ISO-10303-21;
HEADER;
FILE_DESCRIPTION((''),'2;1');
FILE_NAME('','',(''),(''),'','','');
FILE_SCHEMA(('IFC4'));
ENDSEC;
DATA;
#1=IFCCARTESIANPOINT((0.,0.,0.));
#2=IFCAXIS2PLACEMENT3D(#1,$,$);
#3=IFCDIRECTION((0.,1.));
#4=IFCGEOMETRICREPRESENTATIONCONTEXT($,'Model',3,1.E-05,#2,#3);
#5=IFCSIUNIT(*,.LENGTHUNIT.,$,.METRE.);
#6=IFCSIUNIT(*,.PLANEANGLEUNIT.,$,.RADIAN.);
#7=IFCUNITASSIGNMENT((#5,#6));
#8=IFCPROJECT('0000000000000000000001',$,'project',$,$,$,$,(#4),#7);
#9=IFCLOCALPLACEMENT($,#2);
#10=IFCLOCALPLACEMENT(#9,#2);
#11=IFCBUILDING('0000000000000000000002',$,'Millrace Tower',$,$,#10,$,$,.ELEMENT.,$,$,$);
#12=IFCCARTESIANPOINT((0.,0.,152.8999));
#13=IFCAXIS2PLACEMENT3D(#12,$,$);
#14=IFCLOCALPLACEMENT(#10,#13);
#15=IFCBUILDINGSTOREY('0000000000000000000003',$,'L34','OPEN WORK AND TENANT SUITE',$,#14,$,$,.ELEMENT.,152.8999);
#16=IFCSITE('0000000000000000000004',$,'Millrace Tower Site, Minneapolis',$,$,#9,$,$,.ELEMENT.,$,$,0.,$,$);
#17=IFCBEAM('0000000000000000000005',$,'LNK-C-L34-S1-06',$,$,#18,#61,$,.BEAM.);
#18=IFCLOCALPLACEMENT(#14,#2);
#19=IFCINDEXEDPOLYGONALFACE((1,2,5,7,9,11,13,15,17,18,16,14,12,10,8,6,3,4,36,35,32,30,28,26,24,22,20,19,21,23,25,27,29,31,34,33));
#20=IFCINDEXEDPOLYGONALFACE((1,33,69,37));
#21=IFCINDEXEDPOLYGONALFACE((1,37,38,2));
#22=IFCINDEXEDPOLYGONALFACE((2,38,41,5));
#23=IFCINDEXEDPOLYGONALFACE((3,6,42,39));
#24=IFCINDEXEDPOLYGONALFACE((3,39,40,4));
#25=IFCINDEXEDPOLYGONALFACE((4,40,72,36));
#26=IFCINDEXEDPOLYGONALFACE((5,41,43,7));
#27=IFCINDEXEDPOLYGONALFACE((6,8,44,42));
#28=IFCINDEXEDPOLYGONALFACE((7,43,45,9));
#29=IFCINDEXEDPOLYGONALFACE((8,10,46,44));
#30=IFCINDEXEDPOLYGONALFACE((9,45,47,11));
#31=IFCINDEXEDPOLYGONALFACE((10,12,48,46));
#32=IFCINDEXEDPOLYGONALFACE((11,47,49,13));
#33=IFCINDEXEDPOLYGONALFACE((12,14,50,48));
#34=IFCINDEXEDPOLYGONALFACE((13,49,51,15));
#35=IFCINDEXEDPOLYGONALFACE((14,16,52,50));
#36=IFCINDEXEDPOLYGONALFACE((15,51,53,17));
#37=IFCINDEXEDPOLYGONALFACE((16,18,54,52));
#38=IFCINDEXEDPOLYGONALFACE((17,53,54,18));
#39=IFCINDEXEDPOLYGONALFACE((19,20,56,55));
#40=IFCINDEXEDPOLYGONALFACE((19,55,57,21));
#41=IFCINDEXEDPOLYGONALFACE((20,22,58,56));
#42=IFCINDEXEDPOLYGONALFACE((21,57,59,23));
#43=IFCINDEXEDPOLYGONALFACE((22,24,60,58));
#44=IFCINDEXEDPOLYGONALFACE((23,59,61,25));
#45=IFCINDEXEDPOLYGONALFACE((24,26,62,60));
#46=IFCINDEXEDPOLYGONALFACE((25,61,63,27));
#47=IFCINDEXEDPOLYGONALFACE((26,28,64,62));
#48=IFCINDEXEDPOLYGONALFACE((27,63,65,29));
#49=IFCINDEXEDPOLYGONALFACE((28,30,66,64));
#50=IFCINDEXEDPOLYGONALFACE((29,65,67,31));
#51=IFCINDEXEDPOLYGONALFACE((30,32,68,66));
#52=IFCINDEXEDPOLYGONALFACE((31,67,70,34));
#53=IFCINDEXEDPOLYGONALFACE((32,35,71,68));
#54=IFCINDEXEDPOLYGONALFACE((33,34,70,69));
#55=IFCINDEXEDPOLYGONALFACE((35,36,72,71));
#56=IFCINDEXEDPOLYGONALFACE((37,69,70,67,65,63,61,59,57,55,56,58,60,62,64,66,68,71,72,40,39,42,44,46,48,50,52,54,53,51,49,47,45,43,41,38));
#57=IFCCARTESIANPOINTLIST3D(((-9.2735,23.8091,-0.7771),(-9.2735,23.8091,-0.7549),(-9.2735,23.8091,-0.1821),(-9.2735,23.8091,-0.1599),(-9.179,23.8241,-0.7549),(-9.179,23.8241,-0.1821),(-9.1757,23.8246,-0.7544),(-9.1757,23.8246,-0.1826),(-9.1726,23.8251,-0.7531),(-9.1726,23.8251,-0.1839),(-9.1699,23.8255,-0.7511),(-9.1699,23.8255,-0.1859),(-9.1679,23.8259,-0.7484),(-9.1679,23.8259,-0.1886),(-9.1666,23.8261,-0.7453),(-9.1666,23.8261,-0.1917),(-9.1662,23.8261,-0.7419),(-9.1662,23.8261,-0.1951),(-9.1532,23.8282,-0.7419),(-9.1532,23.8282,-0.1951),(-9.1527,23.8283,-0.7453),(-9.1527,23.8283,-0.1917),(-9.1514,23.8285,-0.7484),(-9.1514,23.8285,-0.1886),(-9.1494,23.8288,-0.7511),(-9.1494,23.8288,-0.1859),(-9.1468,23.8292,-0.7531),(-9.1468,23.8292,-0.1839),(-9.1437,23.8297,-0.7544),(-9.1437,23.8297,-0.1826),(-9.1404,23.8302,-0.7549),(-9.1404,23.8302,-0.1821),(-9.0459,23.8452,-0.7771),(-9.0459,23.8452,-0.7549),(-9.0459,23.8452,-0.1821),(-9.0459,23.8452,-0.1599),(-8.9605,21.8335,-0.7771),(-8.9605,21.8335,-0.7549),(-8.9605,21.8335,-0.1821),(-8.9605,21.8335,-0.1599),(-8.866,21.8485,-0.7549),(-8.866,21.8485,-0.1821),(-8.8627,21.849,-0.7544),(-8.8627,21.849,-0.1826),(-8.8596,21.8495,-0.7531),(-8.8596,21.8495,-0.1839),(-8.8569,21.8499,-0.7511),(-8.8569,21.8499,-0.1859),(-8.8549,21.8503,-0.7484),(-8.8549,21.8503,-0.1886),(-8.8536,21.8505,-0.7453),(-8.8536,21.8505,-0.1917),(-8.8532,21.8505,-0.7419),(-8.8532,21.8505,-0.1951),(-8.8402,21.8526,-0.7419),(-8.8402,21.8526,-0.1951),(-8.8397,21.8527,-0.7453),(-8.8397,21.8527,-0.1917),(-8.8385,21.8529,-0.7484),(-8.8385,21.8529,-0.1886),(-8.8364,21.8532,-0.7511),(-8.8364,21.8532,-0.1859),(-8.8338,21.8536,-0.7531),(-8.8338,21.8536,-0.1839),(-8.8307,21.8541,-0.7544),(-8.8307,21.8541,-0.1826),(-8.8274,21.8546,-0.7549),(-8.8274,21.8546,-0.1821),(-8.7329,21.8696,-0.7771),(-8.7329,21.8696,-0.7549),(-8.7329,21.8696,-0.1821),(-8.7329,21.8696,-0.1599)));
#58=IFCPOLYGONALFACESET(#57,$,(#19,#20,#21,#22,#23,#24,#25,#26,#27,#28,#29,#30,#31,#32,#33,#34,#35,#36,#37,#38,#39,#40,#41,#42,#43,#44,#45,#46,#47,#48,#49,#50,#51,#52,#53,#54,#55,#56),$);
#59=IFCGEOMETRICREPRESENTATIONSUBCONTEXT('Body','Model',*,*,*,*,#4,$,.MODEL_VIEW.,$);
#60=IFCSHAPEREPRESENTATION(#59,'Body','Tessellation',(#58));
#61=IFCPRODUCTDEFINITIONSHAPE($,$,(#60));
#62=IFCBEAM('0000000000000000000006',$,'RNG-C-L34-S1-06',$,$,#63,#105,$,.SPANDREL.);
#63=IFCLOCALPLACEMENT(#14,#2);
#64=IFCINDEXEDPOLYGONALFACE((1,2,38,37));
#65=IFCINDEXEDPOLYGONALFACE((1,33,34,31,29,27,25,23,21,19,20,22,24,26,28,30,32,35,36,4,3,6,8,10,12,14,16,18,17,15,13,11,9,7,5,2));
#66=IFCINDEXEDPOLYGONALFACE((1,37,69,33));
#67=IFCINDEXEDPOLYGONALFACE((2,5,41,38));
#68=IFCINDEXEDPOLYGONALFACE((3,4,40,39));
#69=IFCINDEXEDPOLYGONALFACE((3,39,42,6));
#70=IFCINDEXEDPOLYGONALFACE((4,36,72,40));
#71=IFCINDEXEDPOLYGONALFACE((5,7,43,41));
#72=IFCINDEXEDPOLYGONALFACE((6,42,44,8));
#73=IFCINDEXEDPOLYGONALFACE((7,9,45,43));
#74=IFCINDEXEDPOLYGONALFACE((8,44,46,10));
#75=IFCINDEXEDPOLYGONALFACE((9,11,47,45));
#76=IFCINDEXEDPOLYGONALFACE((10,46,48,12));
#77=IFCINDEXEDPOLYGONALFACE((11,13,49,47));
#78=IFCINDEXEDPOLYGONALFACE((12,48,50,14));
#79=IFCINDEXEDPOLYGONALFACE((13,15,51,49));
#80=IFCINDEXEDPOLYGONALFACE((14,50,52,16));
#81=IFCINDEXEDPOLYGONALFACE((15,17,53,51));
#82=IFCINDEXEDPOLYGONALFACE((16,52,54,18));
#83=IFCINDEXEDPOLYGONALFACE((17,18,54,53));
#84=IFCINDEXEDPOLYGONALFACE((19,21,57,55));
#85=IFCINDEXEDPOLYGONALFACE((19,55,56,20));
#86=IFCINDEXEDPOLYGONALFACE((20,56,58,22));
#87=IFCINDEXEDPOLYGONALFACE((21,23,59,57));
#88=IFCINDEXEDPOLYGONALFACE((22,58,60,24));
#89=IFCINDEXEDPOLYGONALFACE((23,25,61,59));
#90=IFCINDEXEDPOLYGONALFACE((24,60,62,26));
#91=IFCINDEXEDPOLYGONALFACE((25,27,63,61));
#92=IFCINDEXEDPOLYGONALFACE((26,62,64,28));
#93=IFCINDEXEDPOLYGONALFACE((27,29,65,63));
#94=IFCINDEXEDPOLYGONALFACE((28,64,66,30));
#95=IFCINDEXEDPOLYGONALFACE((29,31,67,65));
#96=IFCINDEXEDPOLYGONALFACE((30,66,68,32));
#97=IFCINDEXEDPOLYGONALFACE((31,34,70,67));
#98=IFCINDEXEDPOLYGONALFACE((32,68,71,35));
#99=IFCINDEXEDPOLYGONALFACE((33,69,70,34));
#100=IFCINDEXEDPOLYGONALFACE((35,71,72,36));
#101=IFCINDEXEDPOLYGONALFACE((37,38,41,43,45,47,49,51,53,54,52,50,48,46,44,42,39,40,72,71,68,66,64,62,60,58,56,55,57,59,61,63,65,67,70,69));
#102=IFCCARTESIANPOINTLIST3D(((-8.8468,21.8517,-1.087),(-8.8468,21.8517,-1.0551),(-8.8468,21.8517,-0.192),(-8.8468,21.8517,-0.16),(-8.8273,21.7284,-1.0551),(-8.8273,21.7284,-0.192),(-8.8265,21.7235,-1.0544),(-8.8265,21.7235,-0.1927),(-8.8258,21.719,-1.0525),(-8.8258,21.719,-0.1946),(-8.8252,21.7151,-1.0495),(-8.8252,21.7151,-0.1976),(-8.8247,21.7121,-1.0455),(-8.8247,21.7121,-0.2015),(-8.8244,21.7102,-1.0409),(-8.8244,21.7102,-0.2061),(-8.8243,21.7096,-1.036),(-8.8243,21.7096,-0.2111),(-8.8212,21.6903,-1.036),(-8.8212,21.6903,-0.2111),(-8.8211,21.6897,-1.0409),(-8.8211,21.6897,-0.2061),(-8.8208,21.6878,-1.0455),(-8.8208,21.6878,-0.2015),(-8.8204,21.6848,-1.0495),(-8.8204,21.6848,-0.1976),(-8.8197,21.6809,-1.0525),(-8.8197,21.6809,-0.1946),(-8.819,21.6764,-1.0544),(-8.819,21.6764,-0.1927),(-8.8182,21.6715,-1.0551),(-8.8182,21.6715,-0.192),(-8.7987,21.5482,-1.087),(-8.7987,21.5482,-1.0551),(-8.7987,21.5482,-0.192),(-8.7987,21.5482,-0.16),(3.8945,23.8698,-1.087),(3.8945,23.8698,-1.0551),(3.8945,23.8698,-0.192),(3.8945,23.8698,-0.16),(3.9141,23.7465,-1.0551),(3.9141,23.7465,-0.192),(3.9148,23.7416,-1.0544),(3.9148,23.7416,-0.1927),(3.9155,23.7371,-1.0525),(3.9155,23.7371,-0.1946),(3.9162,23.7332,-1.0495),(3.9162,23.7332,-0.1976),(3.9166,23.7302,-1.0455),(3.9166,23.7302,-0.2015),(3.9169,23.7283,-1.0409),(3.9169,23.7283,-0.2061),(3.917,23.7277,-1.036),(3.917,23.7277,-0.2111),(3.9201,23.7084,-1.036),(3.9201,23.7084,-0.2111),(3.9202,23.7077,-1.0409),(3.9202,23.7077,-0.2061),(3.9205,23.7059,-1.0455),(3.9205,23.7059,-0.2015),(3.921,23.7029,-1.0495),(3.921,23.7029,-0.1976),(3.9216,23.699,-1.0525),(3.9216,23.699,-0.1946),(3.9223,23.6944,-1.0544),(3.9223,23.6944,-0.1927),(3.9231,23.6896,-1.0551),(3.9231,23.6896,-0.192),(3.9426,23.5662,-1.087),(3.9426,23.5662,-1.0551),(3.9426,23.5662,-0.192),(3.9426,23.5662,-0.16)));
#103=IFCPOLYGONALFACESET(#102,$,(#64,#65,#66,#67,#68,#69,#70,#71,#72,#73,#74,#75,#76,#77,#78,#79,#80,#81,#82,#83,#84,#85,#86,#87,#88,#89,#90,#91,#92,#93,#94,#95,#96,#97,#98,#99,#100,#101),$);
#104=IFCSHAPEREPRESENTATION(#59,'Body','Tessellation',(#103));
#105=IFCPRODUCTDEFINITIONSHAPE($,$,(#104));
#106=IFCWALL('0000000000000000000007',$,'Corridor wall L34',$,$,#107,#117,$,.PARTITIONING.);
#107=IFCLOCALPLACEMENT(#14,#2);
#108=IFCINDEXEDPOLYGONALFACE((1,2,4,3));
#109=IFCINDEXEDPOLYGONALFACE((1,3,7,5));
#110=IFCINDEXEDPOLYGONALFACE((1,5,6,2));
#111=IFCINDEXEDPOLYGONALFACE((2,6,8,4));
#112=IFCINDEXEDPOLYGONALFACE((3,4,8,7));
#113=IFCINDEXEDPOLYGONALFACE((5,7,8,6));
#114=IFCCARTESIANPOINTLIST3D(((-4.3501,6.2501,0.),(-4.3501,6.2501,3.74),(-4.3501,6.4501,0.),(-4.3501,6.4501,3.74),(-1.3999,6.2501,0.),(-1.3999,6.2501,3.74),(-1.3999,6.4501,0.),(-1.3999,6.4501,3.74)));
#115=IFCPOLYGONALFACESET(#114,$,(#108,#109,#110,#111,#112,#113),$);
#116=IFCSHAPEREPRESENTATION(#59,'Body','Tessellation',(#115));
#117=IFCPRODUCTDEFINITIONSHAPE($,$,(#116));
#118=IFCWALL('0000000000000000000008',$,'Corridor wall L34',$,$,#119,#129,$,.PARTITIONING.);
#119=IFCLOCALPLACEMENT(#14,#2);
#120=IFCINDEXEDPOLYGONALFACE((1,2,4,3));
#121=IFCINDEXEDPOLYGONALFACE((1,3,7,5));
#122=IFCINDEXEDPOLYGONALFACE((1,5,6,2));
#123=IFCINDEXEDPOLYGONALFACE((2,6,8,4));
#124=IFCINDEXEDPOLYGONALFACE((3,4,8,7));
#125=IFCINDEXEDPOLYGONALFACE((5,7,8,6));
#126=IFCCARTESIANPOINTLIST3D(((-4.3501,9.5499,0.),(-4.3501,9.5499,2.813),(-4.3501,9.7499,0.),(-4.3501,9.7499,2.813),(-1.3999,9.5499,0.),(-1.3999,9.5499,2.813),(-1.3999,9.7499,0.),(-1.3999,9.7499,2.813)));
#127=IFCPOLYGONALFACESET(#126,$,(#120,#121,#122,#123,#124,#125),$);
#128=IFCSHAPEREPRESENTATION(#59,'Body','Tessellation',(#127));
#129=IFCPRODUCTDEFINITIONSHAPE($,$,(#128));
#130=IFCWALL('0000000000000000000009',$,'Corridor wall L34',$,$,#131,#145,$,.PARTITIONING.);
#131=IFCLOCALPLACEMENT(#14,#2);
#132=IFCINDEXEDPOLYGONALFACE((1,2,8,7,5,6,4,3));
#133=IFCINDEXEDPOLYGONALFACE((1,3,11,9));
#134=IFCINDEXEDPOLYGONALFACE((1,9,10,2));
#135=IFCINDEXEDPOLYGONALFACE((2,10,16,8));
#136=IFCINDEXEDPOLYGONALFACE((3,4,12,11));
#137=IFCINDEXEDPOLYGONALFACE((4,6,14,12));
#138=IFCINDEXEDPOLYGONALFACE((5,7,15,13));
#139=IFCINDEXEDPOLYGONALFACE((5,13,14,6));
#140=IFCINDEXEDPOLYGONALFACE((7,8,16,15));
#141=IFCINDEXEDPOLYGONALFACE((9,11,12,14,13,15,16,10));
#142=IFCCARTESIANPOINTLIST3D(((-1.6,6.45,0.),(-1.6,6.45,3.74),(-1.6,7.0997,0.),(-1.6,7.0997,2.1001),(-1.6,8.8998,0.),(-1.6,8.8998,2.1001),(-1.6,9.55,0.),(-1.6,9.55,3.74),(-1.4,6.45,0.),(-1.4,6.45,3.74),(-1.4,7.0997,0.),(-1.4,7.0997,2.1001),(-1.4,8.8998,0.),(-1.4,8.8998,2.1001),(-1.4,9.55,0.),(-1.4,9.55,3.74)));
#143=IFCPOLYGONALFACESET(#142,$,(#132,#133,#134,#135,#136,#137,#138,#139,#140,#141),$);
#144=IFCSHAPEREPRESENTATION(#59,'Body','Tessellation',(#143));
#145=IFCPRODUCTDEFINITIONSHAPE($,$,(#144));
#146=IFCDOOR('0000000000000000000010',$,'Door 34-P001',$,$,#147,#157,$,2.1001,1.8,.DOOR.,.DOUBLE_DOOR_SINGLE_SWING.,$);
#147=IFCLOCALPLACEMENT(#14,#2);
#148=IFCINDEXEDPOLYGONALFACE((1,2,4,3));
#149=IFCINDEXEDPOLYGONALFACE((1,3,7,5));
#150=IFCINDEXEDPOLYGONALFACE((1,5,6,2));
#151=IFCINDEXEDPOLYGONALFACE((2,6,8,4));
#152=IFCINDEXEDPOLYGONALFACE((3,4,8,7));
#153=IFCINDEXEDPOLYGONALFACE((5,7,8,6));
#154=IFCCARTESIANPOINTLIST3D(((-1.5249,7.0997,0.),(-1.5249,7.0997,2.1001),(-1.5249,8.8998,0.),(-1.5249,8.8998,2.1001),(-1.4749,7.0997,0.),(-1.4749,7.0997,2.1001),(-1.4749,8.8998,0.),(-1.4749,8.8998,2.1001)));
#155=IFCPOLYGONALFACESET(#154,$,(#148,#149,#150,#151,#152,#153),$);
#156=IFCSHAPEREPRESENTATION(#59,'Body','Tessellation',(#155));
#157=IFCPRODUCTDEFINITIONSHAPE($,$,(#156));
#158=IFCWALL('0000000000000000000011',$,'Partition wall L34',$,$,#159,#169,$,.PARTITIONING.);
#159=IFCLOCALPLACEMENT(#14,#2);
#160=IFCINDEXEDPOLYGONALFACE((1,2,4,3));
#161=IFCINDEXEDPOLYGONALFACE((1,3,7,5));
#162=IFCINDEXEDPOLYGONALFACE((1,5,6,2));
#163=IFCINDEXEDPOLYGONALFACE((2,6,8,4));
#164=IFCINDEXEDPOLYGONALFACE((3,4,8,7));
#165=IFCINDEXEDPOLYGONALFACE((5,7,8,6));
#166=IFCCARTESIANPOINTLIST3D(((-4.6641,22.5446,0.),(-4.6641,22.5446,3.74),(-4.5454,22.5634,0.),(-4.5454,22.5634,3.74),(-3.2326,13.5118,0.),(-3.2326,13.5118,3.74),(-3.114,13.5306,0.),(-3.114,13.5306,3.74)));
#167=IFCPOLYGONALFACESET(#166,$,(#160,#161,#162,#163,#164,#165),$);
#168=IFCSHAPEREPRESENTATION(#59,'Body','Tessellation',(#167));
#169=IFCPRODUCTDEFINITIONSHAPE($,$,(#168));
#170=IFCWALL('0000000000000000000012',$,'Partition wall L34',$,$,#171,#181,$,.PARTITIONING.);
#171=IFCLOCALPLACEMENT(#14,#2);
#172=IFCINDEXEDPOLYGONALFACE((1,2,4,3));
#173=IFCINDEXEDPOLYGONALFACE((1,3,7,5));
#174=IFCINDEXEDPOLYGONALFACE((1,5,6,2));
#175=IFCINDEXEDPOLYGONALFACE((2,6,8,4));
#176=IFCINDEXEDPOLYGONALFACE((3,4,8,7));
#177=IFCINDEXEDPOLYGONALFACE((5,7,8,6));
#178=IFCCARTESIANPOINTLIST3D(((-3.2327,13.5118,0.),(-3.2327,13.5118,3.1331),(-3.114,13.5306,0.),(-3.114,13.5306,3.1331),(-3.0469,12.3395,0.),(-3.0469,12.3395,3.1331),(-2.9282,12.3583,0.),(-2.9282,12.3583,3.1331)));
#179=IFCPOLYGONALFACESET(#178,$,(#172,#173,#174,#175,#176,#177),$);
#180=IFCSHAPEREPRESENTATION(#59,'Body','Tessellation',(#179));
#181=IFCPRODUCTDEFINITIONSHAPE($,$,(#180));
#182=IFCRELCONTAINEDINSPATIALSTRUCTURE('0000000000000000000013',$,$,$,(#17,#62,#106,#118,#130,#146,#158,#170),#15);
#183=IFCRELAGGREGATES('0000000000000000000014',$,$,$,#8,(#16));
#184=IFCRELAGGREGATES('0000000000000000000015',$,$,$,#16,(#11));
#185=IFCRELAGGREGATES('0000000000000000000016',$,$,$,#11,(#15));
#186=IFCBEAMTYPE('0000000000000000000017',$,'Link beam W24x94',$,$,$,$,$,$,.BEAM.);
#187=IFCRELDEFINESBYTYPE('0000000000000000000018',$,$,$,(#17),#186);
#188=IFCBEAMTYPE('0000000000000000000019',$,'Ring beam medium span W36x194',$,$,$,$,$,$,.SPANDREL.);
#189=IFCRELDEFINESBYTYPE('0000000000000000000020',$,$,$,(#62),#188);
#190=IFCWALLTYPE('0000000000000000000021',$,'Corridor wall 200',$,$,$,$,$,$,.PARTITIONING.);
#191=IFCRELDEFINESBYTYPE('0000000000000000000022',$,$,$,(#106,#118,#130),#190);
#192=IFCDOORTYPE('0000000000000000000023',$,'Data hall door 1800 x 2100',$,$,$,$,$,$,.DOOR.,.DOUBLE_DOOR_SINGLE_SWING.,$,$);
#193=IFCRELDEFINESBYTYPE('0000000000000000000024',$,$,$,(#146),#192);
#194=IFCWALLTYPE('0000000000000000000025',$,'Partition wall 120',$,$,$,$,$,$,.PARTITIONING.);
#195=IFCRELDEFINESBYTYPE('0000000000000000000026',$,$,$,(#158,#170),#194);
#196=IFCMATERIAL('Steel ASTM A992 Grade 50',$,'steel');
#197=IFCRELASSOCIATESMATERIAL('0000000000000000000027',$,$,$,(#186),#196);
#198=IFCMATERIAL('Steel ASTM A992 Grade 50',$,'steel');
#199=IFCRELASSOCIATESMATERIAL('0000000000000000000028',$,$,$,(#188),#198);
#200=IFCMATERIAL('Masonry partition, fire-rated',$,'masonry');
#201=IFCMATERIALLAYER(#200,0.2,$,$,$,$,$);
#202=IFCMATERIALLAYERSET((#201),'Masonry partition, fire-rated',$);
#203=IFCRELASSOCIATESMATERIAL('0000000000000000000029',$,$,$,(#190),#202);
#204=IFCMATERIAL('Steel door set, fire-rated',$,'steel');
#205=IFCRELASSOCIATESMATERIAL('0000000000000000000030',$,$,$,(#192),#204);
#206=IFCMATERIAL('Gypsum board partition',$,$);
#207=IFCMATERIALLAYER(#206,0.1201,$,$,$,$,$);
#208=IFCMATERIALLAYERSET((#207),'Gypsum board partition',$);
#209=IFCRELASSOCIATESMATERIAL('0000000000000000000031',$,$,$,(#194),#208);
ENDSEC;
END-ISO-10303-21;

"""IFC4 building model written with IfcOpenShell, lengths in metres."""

from ifc_helpers import new_model, si_unit, direction, frame, frame_2d, origin, origin_2d, place, context, subcontext, project, spatial, rectangle, i_section, extrude, material, layer, layer_set, material_profile, profile_set, type_object, element, fill, save


model = new_model("IFC4")

# Units and contexts
model_context = context("Model", 3, precision=1e-05, world=origin(), true_north=direction((0.0, 1.0)))
body_context = subcontext(model_context, "Body", "Model", "MODEL_VIEW")
ifc_project = project(units=[si_unit("LENGTHUNIT", "METRE"), si_unit("PLANEANGLEUNIT", "RADIAN")], contexts=[model_context])

# Site, building, storey
site_placement = place(None, origin())
site = spatial("IfcSite", under=ifc_project, at=site_placement, Name="Millrace Tower Site, Minneapolis", CompositionType="ELEMENT", RefElevation=0.0)
building_placement = place(site_placement, origin())
building = spatial("IfcBuilding", under=site, at=building_placement, Name="Millrace Tower", CompositionType="ELEMENT")
storey_placement = place(building_placement, frame((0.0, 0.0, 152.8999)))
storey = spatial("IfcBuildingStorey", under=building, at=storey_placement, Name="L34", Description="OPEN WORK AND TENANT SUITE", CompositionType="ELEMENT", Elevation=152.8999)

# Beams
ifc_material_1 = material(Name="Steel ASTM A992 Grade 50", Category="steel")
ifc_material_profile_1 = material_profile(ifc_material_1, i_section(OverallWidth=0.2305, OverallDepth=0.6172, WebThickness=0.0132, FlangeThickness=0.0222, FilletRadius=0.0129, at=origin_2d()))
ifc_profile_set_1 = profile_set([ifc_material_profile_1], Name="Steel ASTM A992 Grade 50")
beam_type_1 = type_object("IfcBeamType", Name="Link beam W24x94", PredefinedType="BEAM", material=ifc_profile_set_1)
beam_1_placement = place(storey_placement, frame((-8.8467, 21.8516, -0.4685), z_axis=(-0.156477, 0.987682, 0.0), x_axis=(-0.987682, -0.156477, 0.0)))
element("IfcBeam", 1, at=beam_1_placement, inside=storey, type_object=beam_type_1, Name="LNK-C-L34-S1-06", PredefinedType="BEAM", context=body_context, shape_type="SweptSolid", body=[
    extrude(i_section(OverallWidth=0.2305, OverallDepth=0.6172, WebThickness=0.0132, FlangeThickness=0.0222, FilletRadius=0.0129, at=origin_2d()), origin(), (0.0, 0.0, 1.0), 2.0002),
])
ifc_material_2 = material(Name="Steel ASTM A992 Grade 50", Category="steel")
ifc_material_profile_2 = material_profile(ifc_material_2, i_section(OverallWidth=0.3074, OverallDepth=0.927, WebThickness=0.0195, FlangeThickness=0.032, FilletRadius=0.019, at=origin_2d()))
ifc_profile_set_2 = profile_set([ifc_material_profile_2], Name="Steel ASTM A992 Grade 50")
beam_type_2 = type_object("IfcBeamType", Name="Ring beam medium span W36x194", PredefinedType="SPANDREL", material=ifc_profile_set_2)
beam_2_placement = place(storey_placement, frame((-8.8228, 21.7, -0.6235), z_axis=(0.987688, 0.156439, 0.0), x_axis=(-0.156439, 0.987688, 0.0)))
element("IfcBeam", 2, at=beam_2_placement, inside=storey, type_object=beam_type_2, Name="RNG-C-L34-S1-06", PredefinedType="SPANDREL", context=body_context, shape_type="SweptSolid", body=[
    extrude(i_section(OverallWidth=0.3074, OverallDepth=0.927, WebThickness=0.0195, FlangeThickness=0.032, FilletRadius=0.019, at=origin_2d()), origin(), (0.0, 0.0, 1.0), 12.9001),
])

# Walls
ifc_material_3 = material(Name="Masonry partition, fire-rated", Category="masonry")
ifc_layer_1 = layer(ifc_material_3, 0.2)
ifc_layer_set_1 = layer_set([ifc_layer_1], Name="Masonry partition, fire-rated")
wall_type_1 = type_object("IfcWallType", Name="Corridor wall 200", PredefinedType="PARTITIONING", material=ifc_layer_set_1)
wall_1_placement = place(storey_placement, frame((-4.3501, 6.3501, 0.0), z_axis=(0.0, 0.0, 1.0), x_axis=(1.0, 0.0, 0.0)))
element("IfcWall", 3, at=wall_1_placement, inside=storey, type_object=wall_type_1, Name="Corridor wall L34", PredefinedType="PARTITIONING", context=body_context, shape_type="SweptSolid", body=[
    extrude(rectangle(XDim=2.9502, YDim=0.2, at=frame_2d((1.4751, 0.0))), origin(), (0.0, 0.0, 1.0), 3.74),
])
wall_2_placement = place(storey_placement, frame((-4.3501, 9.6499, 0.0), z_axis=(0.0, 0.0, 1.0), x_axis=(1.0, 0.0, 0.0)))
element("IfcWall", 4, at=wall_2_placement, inside=storey, type_object=wall_type_1, Name="Corridor wall L34", PredefinedType="PARTITIONING", context=body_context, shape_type="SweptSolid", body=[
    extrude(rectangle(XDim=2.9502, YDim=0.2, at=frame_2d((1.4751, 0.0))), origin(), (0.0, 0.0, 1.0), 2.813),
])

# Wall, opening, door
wall_3_placement = place(storey_placement, frame((-1.5, 6.45, 0.0), z_axis=(0.0, 0.0, 1.0), x_axis=(0.0, 1.0, 0.0)))
wall_3 = element("IfcWall", 5, at=wall_3_placement, inside=storey, type_object=wall_type_1, Name="Corridor wall L34", PredefinedType="PARTITIONING", context=body_context, shape_type="SweptSolid", body=[
    extrude(rectangle(XDim=3.1001, YDim=0.2, at=frame_2d((1.55, 0.0))), origin(), (0.0, 0.0, 1.0), 3.74),
])
opening_placement = place(wall_3_placement, frame((0.6499, 0.0, 0.0)))
opening = element("IfcOpeningElement", 6, at=opening_placement, cuts=wall_3, PredefinedType="OPENING", context=body_context, shape_type="SweptSolid", body=[
    extrude(rectangle(XDim=1.8, YDim=2.1001, at=frame_2d((0.8999, 1.05))), frame((0.0, 0.1099, 0.0), z_axis=(0.0, -1.0, 0.0), x_axis=(1.0, 0.0, 0.0)), (0.0, 0.0, 1.0), 0.22),
])
ifc_material_4 = material(Name="Steel door set, fire-rated", Category="steel")
door_type = type_object("IfcDoorType", Name="Data hall door 1800 x 2100", OperationType="DOUBLE_DOOR_SINGLE_SWING", PredefinedType="DOOR", material=ifc_material_4)
door_placement = place(opening_placement, origin())
door = element("IfcDoor", 7, at=door_placement, inside=storey, type_object=door_type, Name="Door 34-P001", OperationType="DOUBLE_DOOR_SINGLE_SWING", OverallHeight=2.1001, OverallWidth=1.8, PredefinedType="DOOR", context=body_context, shape_type="SweptSolid", body=[
    extrude(rectangle(XDim=1.8, YDim=2.1001, at=frame_2d((0.8999, 1.05))), frame((0.0, 0.0249, 0.0), z_axis=(0.0, -1.0, 0.0), x_axis=(1.0, 0.0, 0.0)), (0.0, 0.0, 1.0), 0.05),
])
fill(opening, door)

# Walls
ifc_material_5 = material(Name="Gypsum board partition")
ifc_layer_2 = layer(ifc_material_5, 0.1201)
ifc_layer_set_2 = layer_set([ifc_layer_2], Name="Gypsum board partition")
wall_type_2 = type_object("IfcWallType", Name="Partition wall 120", PredefinedType="PARTITIONING", material=ifc_layer_set_2)
wall_4_placement = place(storey_placement, frame((-4.6047, 22.554, 0.0), z_axis=(0.0, 0.0, 1.0), x_axis=(0.156515, -0.987676, 0.0)))
element("IfcWall", 8, at=wall_4_placement, inside=storey, type_object=wall_type_2, Name="Partition wall L34", PredefinedType="PARTITIONING", context=body_context, shape_type="SweptSolid", body=[
    extrude(rectangle(XDim=9.1455, YDim=0.1201, at=frame_2d((4.5728, 0.0))), origin(), (0.0, 0.0, 1.0), 3.74),
])
wall_5_placement = place(storey_placement, frame((-3.1733, 13.5212, 0.0), z_axis=(0.0, 0.0, 1.0), x_axis=(0.156522, -0.987674, 0.0)))
element("IfcWall", 9, at=wall_5_placement, inside=storey, type_object=wall_type_2, Name="Partition wall L34", PredefinedType="PARTITIONING", context=body_context, shape_type="SweptSolid", body=[
    extrude(rectangle(XDim=1.187, YDim=0.1201, at=frame_2d((0.5935, 0.0))), origin(), (0.0, 0.0, 1.0), 3.1331),
])

save(model, "model.ifc")
